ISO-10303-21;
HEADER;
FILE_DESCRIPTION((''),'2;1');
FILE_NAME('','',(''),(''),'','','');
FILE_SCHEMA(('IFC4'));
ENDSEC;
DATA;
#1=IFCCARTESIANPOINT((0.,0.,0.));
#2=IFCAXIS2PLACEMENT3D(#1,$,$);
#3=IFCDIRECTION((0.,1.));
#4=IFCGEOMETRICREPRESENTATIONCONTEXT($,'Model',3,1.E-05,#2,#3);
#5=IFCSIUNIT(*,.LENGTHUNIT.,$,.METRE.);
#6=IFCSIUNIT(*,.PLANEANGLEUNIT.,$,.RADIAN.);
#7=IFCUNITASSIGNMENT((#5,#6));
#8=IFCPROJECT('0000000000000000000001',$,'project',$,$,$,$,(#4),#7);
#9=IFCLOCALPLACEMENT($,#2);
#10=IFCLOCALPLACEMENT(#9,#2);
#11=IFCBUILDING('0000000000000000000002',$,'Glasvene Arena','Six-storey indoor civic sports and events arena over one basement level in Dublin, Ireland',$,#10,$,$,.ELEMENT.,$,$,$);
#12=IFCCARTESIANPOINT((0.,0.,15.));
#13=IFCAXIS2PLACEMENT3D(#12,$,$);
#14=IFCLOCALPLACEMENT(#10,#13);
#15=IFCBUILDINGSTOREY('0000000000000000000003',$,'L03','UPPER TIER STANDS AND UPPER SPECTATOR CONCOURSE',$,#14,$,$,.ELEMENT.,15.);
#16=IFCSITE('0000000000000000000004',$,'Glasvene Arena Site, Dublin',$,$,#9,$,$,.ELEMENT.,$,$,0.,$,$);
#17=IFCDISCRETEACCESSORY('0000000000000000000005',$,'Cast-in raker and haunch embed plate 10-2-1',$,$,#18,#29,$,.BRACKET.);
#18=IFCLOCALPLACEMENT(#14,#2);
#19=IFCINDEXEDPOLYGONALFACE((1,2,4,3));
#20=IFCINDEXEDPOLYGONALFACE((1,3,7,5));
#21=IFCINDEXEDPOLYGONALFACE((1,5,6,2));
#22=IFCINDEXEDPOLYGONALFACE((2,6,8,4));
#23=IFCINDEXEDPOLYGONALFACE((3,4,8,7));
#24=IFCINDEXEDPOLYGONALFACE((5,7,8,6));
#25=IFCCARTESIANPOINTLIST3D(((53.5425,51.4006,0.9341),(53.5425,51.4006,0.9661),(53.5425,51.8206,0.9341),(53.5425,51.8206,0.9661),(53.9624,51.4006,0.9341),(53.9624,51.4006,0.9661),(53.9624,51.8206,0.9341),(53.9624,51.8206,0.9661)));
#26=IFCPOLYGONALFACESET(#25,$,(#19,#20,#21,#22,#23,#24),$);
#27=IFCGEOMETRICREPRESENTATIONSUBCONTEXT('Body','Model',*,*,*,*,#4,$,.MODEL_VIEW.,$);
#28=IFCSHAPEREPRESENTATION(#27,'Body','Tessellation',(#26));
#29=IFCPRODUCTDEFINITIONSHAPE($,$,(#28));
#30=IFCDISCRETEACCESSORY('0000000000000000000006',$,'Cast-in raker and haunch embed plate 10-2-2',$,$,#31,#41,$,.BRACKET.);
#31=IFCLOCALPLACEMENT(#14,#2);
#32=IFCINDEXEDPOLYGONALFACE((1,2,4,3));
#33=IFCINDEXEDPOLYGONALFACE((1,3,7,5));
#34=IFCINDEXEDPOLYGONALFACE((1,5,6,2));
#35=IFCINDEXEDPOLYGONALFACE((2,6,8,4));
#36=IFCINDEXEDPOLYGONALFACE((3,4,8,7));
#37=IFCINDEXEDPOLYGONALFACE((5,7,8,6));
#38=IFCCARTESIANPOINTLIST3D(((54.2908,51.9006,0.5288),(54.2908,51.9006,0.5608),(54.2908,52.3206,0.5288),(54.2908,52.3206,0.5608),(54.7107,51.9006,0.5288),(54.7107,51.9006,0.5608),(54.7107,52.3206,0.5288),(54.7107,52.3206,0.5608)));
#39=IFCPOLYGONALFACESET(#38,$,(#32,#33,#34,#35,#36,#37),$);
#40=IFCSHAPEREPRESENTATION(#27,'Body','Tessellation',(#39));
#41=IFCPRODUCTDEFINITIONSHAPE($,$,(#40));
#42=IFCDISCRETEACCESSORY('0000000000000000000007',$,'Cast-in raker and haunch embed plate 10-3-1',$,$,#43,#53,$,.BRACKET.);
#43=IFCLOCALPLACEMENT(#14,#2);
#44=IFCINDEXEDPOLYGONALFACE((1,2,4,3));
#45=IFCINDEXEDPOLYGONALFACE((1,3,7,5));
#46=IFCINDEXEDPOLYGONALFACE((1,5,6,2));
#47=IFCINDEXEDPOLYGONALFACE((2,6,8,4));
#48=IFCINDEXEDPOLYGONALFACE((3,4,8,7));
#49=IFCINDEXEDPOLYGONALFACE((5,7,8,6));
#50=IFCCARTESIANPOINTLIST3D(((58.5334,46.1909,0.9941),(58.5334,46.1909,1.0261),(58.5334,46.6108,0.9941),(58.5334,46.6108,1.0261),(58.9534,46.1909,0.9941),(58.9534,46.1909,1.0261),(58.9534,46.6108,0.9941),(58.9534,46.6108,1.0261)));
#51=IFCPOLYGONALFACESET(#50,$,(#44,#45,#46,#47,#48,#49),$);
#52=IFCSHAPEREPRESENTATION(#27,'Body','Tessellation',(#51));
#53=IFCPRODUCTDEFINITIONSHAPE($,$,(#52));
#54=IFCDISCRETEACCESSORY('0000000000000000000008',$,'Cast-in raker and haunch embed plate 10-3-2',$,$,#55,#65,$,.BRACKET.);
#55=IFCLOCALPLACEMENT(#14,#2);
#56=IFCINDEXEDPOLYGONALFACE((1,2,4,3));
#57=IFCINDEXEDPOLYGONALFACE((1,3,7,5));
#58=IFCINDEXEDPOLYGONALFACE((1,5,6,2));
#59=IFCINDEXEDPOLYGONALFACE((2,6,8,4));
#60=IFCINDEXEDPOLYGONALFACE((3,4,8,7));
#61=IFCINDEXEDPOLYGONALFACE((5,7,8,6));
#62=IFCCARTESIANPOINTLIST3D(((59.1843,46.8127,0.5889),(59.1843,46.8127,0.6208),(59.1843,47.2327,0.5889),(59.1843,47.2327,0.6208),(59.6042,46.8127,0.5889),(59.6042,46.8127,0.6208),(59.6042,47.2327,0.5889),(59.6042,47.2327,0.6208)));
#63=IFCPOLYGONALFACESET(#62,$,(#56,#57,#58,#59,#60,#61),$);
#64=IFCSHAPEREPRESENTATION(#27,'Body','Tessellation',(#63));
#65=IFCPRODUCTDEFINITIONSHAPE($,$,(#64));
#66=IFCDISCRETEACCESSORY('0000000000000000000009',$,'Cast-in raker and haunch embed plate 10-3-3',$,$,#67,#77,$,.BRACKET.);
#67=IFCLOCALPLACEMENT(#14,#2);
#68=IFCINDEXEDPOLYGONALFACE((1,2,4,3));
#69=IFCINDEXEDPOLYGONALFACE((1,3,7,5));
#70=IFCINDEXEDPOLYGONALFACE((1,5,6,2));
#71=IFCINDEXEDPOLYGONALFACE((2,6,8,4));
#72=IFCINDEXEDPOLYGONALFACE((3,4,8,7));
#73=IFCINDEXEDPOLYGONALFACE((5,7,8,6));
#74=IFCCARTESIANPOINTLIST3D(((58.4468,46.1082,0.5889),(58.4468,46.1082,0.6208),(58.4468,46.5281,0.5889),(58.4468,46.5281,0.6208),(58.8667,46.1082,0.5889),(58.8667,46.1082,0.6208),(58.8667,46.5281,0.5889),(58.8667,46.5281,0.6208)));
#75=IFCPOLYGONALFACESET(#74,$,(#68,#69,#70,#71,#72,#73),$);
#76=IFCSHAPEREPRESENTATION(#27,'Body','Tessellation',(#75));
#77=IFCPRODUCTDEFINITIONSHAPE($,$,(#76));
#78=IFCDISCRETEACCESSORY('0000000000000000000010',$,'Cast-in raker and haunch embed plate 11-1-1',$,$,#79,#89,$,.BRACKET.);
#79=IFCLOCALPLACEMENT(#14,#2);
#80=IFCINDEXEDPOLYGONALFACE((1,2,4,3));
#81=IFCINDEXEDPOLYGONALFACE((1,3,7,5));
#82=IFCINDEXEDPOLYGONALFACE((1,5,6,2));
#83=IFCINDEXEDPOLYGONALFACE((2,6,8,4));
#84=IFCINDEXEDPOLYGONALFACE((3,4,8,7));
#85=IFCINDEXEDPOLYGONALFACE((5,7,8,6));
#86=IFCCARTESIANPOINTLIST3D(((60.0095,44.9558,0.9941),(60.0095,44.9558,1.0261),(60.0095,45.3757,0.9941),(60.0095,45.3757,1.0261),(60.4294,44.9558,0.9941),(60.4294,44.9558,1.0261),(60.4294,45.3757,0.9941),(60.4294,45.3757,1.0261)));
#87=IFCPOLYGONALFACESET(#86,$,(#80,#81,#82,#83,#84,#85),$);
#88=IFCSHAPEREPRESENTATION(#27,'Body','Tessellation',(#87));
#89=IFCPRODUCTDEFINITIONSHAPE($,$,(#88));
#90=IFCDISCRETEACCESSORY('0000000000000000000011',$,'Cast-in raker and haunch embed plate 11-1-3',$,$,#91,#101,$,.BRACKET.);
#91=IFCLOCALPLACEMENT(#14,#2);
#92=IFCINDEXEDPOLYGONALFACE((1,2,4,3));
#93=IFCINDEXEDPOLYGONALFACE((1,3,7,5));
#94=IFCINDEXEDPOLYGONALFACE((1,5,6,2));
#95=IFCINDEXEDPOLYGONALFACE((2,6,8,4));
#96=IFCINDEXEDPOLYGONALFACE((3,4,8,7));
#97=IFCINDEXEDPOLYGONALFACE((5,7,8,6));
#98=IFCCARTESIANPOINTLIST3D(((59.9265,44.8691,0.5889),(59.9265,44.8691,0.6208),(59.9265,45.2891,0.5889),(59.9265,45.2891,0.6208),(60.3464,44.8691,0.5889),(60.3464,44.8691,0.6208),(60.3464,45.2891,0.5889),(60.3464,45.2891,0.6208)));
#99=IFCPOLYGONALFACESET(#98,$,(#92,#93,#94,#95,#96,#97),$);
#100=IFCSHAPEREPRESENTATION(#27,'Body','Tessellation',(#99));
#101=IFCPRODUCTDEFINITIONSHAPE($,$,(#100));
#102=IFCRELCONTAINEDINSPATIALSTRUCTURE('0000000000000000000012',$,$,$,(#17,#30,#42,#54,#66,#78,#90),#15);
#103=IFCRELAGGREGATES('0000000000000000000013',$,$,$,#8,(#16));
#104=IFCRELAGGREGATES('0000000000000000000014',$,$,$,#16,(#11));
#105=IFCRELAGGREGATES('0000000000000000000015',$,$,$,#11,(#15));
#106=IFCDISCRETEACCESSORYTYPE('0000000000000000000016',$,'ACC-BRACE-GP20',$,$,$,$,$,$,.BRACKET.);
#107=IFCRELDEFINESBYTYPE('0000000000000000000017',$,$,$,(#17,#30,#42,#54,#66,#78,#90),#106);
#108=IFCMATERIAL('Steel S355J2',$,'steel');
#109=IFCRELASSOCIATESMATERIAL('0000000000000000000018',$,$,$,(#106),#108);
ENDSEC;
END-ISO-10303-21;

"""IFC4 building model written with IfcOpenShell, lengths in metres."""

from ifc_helpers import new_model, si_unit, direction, frame, origin, origin_2d, place, context, subcontext, project, spatial, rectangle, extrude, material, type_object, element, save


model = new_model("IFC4")

# Units and contexts
model_context = context("Model", 3, precision=1e-05, world=origin(), true_north=direction((0.0, 1.0)))
body_context = subcontext(model_context, "Body", "Model", "MODEL_VIEW")
ifc_project = project(units=[si_unit("LENGTHUNIT", "METRE"), si_unit("PLANEANGLEUNIT", "RADIAN")], contexts=[model_context])

# Site, building, storey
site_placement = place(None, origin())
site = spatial("IfcSite", under=ifc_project, at=site_placement, Name="Glasvene Arena Site, Dublin", CompositionType="ELEMENT", RefElevation=0.0)
building_placement = place(site_placement, origin())
building = spatial("IfcBuilding", under=site, at=building_placement, Name="Glasvene Arena", Description="Six-storey indoor civic sports and events arena over one basement level in Dublin, Ireland", CompositionType="ELEMENT")
storey_placement = place(building_placement, frame((0.0, 0.0, 15.0)))
storey = spatial("IfcBuildingStorey", under=building, at=storey_placement, Name="L03", Description="UPPER TIER STANDS AND UPPER SPECTATOR CONCOURSE", CompositionType="ELEMENT", Elevation=15.0)

# Shared definitions
ifc_material_1 = material(Name="Steel S355J2", Category="steel")

# Discrete accessories
discrete_accessory_type = type_object("IfcDiscreteAccessoryType", Name="ACC-BRACE-GP20", PredefinedType="BRACKET", material=ifc_material_1)
for number, where, z_axis, x_axis, name in (
    (1, (53.7524, 51.6106, 0.9341), (0.0, 0.0, 1.0), (1.0, 0.0, 0.0), "Cast-in raker and haunch embed plate 10-2-1"),
    (2, (54.5007, 52.1106, 0.5288), (0.0, 0.0, 1.0), (1.0, 0.0, 0.0), "Cast-in raker and haunch embed plate 10-2-2"),
    (3, (58.7434, 46.4009, 0.9941), (0.0, 0.0, 1.0), (1.0, 0.0, 0.0), "Cast-in raker and haunch embed plate 10-3-1"),
    (4, (59.3943, 47.0227, 0.5889), (0.0, 0.0, 1.0), (1.0, 0.0, 0.0), "Cast-in raker and haunch embed plate 10-3-2"),
    (5, (58.6567, 46.3181, 0.5889), (0.0, 0.0, 1.0), (1.0, 0.0, 0.0), "Cast-in raker and haunch embed plate 10-3-3"),
    (6, (60.2195, 45.1658, 0.9941), (0.0, 0.0, 1.0), (1.0, 0.0, 0.0), "Cast-in raker and haunch embed plate 11-1-1"),
    (7, (60.1365, 45.0791, 0.5889), (0.0, 0.0, 1.0), (1.0, 0.0, 0.0), "Cast-in raker and haunch embed plate 11-1-3"),
):
    element("IfcDiscreteAccessory", number, at=place(storey_placement, frame(where, z_axis=z_axis, x_axis=x_axis)), inside=storey, type_object=discrete_accessory_type, Name=name, PredefinedType="BRACKET", context=body_context, shape_type="SweptSolid", body=[
        extrude(rectangle(XDim=0.4199, YDim=0.4199, at=origin_2d()), origin(), (0.0, 0.0, 1.0), 0.032),
    ])

save(model, "model.ifc")
